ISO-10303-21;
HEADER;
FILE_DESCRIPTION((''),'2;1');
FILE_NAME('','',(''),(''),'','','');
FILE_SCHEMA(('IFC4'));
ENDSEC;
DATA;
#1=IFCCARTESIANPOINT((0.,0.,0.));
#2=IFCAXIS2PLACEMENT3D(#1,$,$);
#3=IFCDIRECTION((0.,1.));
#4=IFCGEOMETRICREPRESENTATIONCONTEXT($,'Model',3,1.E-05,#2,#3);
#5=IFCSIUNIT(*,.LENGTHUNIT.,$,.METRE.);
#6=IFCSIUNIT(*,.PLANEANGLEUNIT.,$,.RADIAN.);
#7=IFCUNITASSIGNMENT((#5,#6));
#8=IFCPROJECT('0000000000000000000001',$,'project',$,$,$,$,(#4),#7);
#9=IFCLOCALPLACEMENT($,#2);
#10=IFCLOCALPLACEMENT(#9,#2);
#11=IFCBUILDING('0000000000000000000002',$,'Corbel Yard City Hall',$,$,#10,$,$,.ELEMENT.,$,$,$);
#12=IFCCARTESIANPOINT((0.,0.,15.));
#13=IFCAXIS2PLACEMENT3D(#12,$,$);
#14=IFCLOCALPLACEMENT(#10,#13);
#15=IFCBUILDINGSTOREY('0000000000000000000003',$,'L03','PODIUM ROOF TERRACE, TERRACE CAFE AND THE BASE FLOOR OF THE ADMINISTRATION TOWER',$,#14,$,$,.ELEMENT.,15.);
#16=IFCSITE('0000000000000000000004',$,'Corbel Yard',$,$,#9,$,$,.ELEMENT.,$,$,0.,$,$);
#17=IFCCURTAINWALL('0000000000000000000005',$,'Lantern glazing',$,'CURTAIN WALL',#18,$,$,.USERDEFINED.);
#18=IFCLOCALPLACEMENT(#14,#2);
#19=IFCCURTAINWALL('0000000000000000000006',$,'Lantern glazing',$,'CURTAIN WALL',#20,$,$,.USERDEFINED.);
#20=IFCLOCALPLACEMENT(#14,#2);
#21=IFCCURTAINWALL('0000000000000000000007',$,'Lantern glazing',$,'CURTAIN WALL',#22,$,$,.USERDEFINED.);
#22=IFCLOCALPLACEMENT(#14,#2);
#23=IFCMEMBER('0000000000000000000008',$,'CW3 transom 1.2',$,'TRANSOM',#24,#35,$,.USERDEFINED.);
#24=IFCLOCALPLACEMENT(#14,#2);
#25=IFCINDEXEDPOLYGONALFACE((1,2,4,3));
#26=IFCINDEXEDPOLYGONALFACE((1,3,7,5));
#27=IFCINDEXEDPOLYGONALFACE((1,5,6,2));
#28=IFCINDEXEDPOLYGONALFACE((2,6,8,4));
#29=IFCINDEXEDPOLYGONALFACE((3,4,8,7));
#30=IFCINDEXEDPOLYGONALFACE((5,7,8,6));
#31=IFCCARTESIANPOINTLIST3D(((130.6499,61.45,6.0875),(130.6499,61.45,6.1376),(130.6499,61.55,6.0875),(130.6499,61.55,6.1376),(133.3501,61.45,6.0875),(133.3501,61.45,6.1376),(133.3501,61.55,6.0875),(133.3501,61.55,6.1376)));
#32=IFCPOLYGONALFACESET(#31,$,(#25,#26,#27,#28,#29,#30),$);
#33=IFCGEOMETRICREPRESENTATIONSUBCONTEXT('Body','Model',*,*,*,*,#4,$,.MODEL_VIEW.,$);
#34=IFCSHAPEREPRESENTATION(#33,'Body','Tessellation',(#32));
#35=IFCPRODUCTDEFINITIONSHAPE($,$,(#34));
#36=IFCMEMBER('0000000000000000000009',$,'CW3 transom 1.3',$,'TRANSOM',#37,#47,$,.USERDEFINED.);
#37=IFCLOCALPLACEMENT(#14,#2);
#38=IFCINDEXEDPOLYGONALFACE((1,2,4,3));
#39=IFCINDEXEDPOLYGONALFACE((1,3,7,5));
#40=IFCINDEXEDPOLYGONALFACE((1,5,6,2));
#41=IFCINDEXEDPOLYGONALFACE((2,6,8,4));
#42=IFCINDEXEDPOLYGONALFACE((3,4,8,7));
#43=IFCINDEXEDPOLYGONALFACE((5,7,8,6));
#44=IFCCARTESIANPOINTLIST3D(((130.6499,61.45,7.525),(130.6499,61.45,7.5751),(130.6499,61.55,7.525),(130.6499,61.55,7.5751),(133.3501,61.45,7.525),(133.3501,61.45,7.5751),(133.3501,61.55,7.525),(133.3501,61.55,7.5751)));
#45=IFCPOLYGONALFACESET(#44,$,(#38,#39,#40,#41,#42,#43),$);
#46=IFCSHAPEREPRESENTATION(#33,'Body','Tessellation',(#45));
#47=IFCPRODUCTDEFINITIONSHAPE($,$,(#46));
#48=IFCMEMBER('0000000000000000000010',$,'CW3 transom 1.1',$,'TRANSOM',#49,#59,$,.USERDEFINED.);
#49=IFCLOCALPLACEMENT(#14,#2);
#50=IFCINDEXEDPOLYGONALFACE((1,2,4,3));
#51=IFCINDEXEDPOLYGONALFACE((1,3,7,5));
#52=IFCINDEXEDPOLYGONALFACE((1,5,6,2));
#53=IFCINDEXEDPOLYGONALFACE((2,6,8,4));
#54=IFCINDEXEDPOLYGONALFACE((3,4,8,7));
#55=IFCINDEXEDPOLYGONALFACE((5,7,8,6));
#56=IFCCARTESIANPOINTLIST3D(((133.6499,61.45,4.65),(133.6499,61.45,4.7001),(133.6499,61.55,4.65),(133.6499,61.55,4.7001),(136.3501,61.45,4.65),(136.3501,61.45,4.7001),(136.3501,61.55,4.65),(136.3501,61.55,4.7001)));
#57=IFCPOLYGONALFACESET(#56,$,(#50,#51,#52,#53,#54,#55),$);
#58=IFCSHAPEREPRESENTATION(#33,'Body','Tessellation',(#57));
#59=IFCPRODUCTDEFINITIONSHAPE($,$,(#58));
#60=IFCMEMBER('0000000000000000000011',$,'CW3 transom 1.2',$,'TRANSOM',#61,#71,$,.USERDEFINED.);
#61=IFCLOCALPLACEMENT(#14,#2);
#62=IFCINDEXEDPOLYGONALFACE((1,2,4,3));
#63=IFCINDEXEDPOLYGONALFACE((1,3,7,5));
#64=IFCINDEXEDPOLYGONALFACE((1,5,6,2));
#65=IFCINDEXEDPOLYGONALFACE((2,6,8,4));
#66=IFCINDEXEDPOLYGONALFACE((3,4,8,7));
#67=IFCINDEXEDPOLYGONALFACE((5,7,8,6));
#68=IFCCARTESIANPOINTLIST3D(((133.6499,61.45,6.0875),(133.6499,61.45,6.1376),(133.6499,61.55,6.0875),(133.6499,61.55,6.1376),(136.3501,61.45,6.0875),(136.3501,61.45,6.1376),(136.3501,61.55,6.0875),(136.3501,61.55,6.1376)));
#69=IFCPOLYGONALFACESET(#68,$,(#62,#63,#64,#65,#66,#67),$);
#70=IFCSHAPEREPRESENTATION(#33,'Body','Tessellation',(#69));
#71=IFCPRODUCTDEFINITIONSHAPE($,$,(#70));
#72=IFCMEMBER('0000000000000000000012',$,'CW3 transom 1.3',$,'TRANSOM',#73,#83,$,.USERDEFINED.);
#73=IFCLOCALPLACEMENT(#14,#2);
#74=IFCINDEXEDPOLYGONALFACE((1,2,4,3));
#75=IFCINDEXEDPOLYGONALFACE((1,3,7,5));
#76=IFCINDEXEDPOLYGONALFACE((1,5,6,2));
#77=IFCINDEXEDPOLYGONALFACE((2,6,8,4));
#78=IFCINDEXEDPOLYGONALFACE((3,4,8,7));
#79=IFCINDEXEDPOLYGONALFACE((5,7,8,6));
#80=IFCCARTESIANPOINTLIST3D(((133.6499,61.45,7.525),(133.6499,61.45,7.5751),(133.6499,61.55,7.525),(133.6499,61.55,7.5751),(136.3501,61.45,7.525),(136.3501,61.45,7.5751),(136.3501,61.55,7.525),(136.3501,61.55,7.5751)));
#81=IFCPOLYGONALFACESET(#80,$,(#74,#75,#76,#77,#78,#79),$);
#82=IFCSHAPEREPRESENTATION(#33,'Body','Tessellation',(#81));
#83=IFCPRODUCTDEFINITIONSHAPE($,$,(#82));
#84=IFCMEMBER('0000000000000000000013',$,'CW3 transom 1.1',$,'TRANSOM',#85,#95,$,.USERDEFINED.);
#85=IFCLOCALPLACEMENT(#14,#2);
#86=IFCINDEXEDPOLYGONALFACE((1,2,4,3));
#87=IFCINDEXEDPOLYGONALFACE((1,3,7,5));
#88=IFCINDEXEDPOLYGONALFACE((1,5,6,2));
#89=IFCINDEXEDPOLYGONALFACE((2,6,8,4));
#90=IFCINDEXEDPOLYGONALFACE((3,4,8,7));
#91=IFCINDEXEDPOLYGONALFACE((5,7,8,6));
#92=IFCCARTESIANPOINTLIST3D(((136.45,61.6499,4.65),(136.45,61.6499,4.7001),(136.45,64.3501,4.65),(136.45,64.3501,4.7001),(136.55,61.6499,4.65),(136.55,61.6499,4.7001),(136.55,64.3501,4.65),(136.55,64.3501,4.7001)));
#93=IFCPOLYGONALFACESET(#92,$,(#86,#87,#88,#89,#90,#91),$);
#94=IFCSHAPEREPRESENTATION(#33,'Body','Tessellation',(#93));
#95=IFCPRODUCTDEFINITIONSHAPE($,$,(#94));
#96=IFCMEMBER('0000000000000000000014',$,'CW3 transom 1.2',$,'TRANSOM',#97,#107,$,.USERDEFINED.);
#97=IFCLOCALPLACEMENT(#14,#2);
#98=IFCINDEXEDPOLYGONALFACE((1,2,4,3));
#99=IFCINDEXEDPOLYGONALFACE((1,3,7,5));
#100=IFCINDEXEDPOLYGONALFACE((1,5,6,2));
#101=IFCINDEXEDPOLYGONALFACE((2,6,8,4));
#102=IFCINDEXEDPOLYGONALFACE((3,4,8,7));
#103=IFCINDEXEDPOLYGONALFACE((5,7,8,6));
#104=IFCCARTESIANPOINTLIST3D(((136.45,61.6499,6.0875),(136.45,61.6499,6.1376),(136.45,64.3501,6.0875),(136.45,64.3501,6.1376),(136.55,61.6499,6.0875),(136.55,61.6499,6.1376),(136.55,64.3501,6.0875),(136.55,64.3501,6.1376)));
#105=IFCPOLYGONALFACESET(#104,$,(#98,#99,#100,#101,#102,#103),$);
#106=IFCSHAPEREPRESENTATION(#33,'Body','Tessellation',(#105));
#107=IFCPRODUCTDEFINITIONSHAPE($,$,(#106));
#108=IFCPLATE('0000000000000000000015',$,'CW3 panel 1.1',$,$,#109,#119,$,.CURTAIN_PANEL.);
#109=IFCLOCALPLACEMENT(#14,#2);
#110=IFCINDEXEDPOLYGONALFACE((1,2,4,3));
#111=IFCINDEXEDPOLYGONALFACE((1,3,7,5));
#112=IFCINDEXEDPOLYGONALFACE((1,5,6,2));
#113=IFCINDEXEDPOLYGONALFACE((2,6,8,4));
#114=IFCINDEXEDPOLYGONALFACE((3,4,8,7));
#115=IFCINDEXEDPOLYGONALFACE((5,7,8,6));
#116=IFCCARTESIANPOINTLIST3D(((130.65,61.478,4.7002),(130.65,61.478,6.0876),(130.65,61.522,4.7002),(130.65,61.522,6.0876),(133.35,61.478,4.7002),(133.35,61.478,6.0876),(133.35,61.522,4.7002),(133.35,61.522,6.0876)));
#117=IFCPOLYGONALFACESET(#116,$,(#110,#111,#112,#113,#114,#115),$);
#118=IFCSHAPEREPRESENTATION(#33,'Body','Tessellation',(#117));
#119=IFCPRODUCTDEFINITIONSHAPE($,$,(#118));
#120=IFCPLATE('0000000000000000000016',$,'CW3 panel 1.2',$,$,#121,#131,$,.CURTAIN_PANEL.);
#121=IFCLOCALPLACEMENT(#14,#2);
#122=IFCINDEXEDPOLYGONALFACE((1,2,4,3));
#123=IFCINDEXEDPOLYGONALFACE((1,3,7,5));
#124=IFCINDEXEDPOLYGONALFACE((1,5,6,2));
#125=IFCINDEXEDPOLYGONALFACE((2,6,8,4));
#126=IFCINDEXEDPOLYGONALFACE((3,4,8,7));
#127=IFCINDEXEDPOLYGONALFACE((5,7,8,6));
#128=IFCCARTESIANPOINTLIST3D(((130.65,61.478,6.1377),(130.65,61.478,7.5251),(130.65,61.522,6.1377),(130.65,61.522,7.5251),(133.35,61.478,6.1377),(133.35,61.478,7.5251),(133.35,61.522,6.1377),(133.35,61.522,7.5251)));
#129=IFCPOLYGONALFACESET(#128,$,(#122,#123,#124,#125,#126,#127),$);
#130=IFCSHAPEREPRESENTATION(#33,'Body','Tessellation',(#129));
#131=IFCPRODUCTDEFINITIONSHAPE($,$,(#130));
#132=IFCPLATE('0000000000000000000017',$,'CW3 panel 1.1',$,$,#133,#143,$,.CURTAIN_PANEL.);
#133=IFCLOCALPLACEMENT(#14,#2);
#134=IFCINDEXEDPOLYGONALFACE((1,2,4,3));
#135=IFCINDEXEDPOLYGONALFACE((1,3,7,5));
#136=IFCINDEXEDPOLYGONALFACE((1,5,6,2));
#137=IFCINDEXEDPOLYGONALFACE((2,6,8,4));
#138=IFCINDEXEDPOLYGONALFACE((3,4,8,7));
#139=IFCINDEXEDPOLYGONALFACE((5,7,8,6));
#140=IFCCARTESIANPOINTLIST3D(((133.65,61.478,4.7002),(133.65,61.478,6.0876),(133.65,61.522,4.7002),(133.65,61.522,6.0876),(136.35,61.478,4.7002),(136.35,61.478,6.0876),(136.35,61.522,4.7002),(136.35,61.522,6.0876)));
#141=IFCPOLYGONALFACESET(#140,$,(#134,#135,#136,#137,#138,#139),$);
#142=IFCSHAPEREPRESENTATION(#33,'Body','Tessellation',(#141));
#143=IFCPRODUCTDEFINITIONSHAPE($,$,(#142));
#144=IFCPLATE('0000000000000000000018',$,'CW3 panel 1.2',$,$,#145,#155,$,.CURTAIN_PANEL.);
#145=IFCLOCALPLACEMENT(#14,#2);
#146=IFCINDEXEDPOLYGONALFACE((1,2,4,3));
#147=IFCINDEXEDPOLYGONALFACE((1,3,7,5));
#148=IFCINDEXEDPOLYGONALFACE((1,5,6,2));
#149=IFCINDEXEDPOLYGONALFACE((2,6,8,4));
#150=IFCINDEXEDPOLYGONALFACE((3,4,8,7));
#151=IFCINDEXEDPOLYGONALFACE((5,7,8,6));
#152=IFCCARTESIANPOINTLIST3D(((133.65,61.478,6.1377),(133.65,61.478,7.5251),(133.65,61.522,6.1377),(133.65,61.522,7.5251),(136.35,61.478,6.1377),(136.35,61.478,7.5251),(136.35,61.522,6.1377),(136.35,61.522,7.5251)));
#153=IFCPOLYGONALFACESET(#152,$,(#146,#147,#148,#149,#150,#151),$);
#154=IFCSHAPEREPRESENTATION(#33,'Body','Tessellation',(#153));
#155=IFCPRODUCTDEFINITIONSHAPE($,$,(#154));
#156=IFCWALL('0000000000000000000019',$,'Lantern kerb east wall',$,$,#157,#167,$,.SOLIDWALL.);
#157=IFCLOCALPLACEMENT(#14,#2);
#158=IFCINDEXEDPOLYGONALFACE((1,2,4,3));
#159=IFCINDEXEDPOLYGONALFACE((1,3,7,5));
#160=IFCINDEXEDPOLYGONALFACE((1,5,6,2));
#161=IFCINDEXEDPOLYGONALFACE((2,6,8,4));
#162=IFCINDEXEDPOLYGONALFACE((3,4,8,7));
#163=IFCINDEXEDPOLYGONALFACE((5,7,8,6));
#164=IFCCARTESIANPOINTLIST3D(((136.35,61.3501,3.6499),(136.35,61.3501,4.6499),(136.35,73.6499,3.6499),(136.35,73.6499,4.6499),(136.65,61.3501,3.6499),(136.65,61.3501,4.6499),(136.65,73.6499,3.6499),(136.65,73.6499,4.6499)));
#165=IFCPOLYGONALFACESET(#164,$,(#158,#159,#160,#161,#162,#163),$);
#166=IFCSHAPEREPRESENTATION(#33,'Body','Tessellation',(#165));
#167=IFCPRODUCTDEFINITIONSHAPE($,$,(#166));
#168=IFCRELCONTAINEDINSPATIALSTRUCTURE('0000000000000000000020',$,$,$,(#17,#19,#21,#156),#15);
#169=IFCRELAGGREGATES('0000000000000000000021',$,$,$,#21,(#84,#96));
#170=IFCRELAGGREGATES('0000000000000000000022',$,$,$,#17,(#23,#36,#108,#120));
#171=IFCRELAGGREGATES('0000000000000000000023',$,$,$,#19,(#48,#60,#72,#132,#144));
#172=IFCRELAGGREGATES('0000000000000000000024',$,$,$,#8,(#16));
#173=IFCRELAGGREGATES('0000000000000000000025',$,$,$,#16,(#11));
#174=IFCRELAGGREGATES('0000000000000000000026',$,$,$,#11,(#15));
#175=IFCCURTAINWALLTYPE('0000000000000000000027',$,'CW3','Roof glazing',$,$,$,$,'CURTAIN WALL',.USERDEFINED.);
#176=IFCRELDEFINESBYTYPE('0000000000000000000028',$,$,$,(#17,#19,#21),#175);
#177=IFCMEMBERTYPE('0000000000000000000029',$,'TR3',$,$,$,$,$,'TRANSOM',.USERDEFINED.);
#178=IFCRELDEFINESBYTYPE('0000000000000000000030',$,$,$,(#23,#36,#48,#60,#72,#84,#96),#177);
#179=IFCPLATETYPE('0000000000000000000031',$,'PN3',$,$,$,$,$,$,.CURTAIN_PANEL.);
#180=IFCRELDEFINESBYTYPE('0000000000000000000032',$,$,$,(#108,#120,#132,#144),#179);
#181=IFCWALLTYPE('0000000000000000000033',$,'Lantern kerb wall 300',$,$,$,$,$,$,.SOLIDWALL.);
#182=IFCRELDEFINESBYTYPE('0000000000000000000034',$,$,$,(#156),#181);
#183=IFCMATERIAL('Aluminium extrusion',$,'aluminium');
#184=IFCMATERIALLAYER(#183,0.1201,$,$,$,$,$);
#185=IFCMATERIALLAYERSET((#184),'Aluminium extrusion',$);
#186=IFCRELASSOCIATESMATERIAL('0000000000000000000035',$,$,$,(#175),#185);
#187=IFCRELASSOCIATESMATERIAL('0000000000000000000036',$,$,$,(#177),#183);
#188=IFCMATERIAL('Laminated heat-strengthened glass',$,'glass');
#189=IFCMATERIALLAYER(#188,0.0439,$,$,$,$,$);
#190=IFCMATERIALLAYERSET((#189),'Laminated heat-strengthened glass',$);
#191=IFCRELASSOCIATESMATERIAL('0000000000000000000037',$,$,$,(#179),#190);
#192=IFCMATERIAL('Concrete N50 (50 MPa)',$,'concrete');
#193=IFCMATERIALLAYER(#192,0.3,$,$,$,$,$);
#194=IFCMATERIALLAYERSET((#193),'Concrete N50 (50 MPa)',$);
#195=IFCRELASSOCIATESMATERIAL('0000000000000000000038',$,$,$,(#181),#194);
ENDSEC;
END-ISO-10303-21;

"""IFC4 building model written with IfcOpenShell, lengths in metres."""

from ifc_helpers import new_model, si_unit, direction, frame, frame_2d, origin, origin_2d, place, context, subcontext, project, spatial, rectangle, extrude, material, layer, layer_set, material_profile, profile_set, type_object, element, aggregate, save


model = new_model("IFC4")

# Units and contexts
model_context = context("Model", 3, precision=1e-05, world=origin(), true_north=direction((0.0, 1.0)))
body_context = subcontext(model_context, "Body", "Model", "MODEL_VIEW")
ifc_project = project(units=[si_unit("LENGTHUNIT", "METRE"), si_unit("PLANEANGLEUNIT", "RADIAN")], contexts=[model_context])

# Site, building, storey
site_placement = place(None, origin())
site = spatial("IfcSite", under=ifc_project, at=site_placement, Name="Corbel Yard", CompositionType="ELEMENT", RefElevation=0.0)
building_placement = place(site_placement, origin())
building = spatial("IfcBuilding", under=site, at=building_placement, Name="Corbel Yard City Hall", CompositionType="ELEMENT")
storey_placement = place(building_placement, frame((0.0, 0.0, 15.0)))
storey = spatial("IfcBuildingStorey", under=building, at=storey_placement, Name="L03", Description="PODIUM ROOF TERRACE, TERRACE CAFE AND THE BASE FLOOR OF THE ADMINISTRATION TOWER", CompositionType="ELEMENT", Elevation=15.0)

# Shared definitions
ifc_material_1 = material(Name="Concrete N50 (50 MPa)", Category="concrete")

# Curtain walls
ifc_material_2 = material(Name="Aluminium extrusion", Category="aluminium")
ifc_layer_1 = layer(ifc_material_2, 0.1201)
ifc_layer_set_1 = layer_set([ifc_layer_1], Name="Aluminium extrusion")
curtain_wall_type = type_object("IfcCurtainWallType", Name="CW3", Description="Roof glazing", ElementType="CURTAIN WALL", PredefinedType="USERDEFINED", material=ifc_layer_set_1)
curtain_wall_1_placement = place(storey_placement, origin())
curtain_wall_1 = element("IfcCurtainWall", 1, at=curtain_wall_1_placement, inside=storey, type_object=curtain_wall_type, Name="Lantern glazing", ObjectType="CURTAIN WALL", PredefinedType="USERDEFINED")
curtain_wall_2_placement = place(storey_placement, origin())
curtain_wall_2 = element("IfcCurtainWall", 2, at=curtain_wall_2_placement, inside=storey, type_object=curtain_wall_type, Name="Lantern glazing", ObjectType="CURTAIN WALL", PredefinedType="USERDEFINED")

# Curtain wall
curtain_wall_3_placement = place(storey_placement, origin())
curtain_wall_3 = element("IfcCurtainWall", 3, at=curtain_wall_3_placement, inside=storey, type_object=curtain_wall_type, Name="Lantern glazing", ObjectType="CURTAIN WALL", PredefinedType="USERDEFINED")

# Members
ifc_material_profile_1 = material_profile(ifc_material_2, rectangle(XDim=0.1001, YDim=0.05, at=origin_2d()), Name="100x50")
ifc_profile_set_1 = profile_set([ifc_material_profile_1], Name="Aluminium extrusion")
member_type_1 = type_object("IfcMemberType", Name="TR3", ElementType="TRANSOM", PredefinedType="USERDEFINED", material=ifc_profile_set_1)
member_1_placement = place(storey_placement, frame((130.6499, 61.5, 6.1125), z_axis=(1.0, 0.0, 0.0), x_axis=(0.0, 1.0, 0.0)))
member_1 = element("IfcMember", 4, at=member_1_placement, type_object=member_type_1, Name="CW3 transom 1.2", ObjectType="TRANSOM", PredefinedType="USERDEFINED", context=body_context, shape_type="SweptSolid", body=[
    extrude(rectangle(XDim=0.1001, YDim=0.05, at=origin_2d()), origin(), (0.0, 0.0, 1.0), 2.7002),
])
member_2_placement = place(storey_placement, frame((130.6499, 61.5, 7.55), z_axis=(1.0, 0.0, 0.0), x_axis=(0.0, 1.0, 0.0)))
member_2 = element("IfcMember", 5, at=member_2_placement, type_object=member_type_1, Name="CW3 transom 1.3", ObjectType="TRANSOM", PredefinedType="USERDEFINED", context=body_context, shape_type="SweptSolid", body=[
    extrude(rectangle(XDim=0.1001, YDim=0.05, at=origin_2d()), origin(), (0.0, 0.0, 1.0), 2.7002),
])
member_3_placement = place(storey_placement, frame((133.6499, 61.5, 4.675), z_axis=(1.0, 0.0, 0.0), x_axis=(0.0, 1.0, 0.0)))
member_3 = element("IfcMember", 6, at=member_3_placement, type_object=member_type_1, Name="CW3 transom 1.1", ObjectType="TRANSOM", PredefinedType="USERDEFINED", context=body_context, shape_type="SweptSolid", body=[
    extrude(rectangle(XDim=0.1001, YDim=0.05, at=origin_2d()), origin(), (0.0, 0.0, 1.0), 2.7002),
])
member_4_placement = place(storey_placement, frame((133.6499, 61.5, 6.1125), z_axis=(1.0, 0.0, 0.0), x_axis=(0.0, 1.0, 0.0)))
member_4 = element("IfcMember", 7, at=member_4_placement, type_object=member_type_1, Name="CW3 transom 1.2", ObjectType="TRANSOM", PredefinedType="USERDEFINED", context=body_context, shape_type="SweptSolid", body=[
    extrude(rectangle(XDim=0.1001, YDim=0.05, at=origin_2d()), origin(), (0.0, 0.0, 1.0), 2.7002),
])
member_5_placement = place(storey_placement, frame((133.6499, 61.5, 7.55), z_axis=(1.0, 0.0, 0.0), x_axis=(0.0, 1.0, 0.0)))
member_5 = element("IfcMember", 8, at=member_5_placement, type_object=member_type_1, Name="CW3 transom 1.3", ObjectType="TRANSOM", PredefinedType="USERDEFINED", context=body_context, shape_type="SweptSolid", body=[
    extrude(rectangle(XDim=0.1001, YDim=0.05, at=origin_2d()), origin(), (0.0, 0.0, 1.0), 2.7002),
])
member_6_placement = place(storey_placement, frame((136.5, 61.6499, 4.675), z_axis=(0.0, 1.0, 0.0), x_axis=(-1.0, 0.0, 0.0)))
member_6 = element("IfcMember", 9, at=member_6_placement, type_object=member_type_1, Name="CW3 transom 1.1", ObjectType="TRANSOM", PredefinedType="USERDEFINED", context=body_context, shape_type="SweptSolid", body=[
    extrude(rectangle(XDim=0.1001, YDim=0.05, at=origin_2d()), origin(), (0.0, 0.0, 1.0), 2.7002),
])
member_7_placement = place(storey_placement, frame((136.5, 61.6499, 6.1125), z_axis=(0.0, 1.0, 0.0), x_axis=(-1.0, 0.0, 0.0)))
member_7 = element("IfcMember", 10, at=member_7_placement, type_object=member_type_1, Name="CW3 transom 1.2", ObjectType="TRANSOM", PredefinedType="USERDEFINED", context=body_context, shape_type="SweptSolid", body=[
    extrude(rectangle(XDim=0.1001, YDim=0.05, at=origin_2d()), origin(), (0.0, 0.0, 1.0), 2.7002),
])
aggregate(curtain_wall_3, [member_6, member_7])

# Plates
ifc_material_3 = material(Name="Laminated heat-strengthened glass", Category="glass")
ifc_layer_2 = layer(ifc_material_3, 0.0439)
ifc_layer_set_2 = layer_set([ifc_layer_2], Name="Laminated heat-strengthened glass")
plate_type = type_object("IfcPlateType", Name="PN3", PredefinedType="CURTAIN_PANEL", material=ifc_layer_set_2)
plate_1_placement = place(storey_placement, frame((132.0, 61.5, 4.7002), z_axis=(0.0, 0.0, 1.0), x_axis=(1.0, 0.0, 0.0)))
plate_1 = element("IfcPlate", 11, at=plate_1_placement, type_object=plate_type, Name="CW3 panel 1.1", PredefinedType="CURTAIN_PANEL", context=body_context, shape_type="SweptSolid", body=[
    extrude(rectangle(XDim=2.7, YDim=0.0439, at=origin_2d()), origin(), (0.0, 0.0, 1.0), 1.3875),
])
plate_2_placement = place(storey_placement, frame((132.0, 61.5, 6.1377), z_axis=(0.0, 0.0, 1.0), x_axis=(1.0, 0.0, 0.0)))
plate_2 = element("IfcPlate", 12, at=plate_2_placement, type_object=plate_type, Name="CW3 panel 1.2", PredefinedType="CURTAIN_PANEL", context=body_context, shape_type="SweptSolid", body=[
    extrude(rectangle(XDim=2.7, YDim=0.0439, at=origin_2d()), origin(), (0.0, 0.0, 1.0), 1.3875),
])
aggregate(curtain_wall_1, [member_1, member_2, plate_1, plate_2])
plate_3_placement = place(storey_placement, frame((135.0, 61.5, 4.7002), z_axis=(0.0, 0.0, 1.0), x_axis=(1.0, 0.0, 0.0)))
plate_3 = element("IfcPlate", 13, at=plate_3_placement, type_object=plate_type, Name="CW3 panel 1.1", PredefinedType="CURTAIN_PANEL", context=body_context, shape_type="SweptSolid", body=[
    extrude(rectangle(XDim=2.7, YDim=0.0439, at=origin_2d()), origin(), (0.0, 0.0, 1.0), 1.3875),
])
plate_4_placement = place(storey_placement, frame((135.0, 61.5, 6.1377), z_axis=(0.0, 0.0, 1.0), x_axis=(1.0, 0.0, 0.0)))
plate_4 = element("IfcPlate", 14, at=plate_4_placement, type_object=plate_type, Name="CW3 panel 1.2", PredefinedType="CURTAIN_PANEL", context=body_context, shape_type="SweptSolid", body=[
    extrude(rectangle(XDim=2.7, YDim=0.0439, at=origin_2d()), origin(), (0.0, 0.0, 1.0), 1.3875),
])
aggregate(curtain_wall_2, [member_3, member_4, member_5, plate_3, plate_4])

# Wall
ifc_layer_3 = layer(ifc_material_1, 0.3)
ifc_layer_set_3 = layer_set([ifc_layer_3], Name="Concrete N50 (50 MPa)")
wall_type = type_object("IfcWallType", Name="Lantern kerb wall 300", PredefinedType="SOLIDWALL", material=ifc_layer_set_3)
wall_placement = place(storey_placement, frame((136.5, 61.3501, 3.6499), z_axis=(0.0, 0.0, 1.0), x_axis=(0.0, 1.0, 0.0)))
element("IfcWall", 15, at=wall_placement, inside=storey, type_object=wall_type, Name="Lantern kerb east wall", PredefinedType="SOLIDWALL", context=body_context, shape_type="SweptSolid", body=[
    extrude(rectangle(XDim=12.2998, YDim=0.3, at=frame_2d((6.1499, 0.0))), origin(), (0.0, 0.0, 1.0), 1.0),
])

save(model, "model.ifc")
